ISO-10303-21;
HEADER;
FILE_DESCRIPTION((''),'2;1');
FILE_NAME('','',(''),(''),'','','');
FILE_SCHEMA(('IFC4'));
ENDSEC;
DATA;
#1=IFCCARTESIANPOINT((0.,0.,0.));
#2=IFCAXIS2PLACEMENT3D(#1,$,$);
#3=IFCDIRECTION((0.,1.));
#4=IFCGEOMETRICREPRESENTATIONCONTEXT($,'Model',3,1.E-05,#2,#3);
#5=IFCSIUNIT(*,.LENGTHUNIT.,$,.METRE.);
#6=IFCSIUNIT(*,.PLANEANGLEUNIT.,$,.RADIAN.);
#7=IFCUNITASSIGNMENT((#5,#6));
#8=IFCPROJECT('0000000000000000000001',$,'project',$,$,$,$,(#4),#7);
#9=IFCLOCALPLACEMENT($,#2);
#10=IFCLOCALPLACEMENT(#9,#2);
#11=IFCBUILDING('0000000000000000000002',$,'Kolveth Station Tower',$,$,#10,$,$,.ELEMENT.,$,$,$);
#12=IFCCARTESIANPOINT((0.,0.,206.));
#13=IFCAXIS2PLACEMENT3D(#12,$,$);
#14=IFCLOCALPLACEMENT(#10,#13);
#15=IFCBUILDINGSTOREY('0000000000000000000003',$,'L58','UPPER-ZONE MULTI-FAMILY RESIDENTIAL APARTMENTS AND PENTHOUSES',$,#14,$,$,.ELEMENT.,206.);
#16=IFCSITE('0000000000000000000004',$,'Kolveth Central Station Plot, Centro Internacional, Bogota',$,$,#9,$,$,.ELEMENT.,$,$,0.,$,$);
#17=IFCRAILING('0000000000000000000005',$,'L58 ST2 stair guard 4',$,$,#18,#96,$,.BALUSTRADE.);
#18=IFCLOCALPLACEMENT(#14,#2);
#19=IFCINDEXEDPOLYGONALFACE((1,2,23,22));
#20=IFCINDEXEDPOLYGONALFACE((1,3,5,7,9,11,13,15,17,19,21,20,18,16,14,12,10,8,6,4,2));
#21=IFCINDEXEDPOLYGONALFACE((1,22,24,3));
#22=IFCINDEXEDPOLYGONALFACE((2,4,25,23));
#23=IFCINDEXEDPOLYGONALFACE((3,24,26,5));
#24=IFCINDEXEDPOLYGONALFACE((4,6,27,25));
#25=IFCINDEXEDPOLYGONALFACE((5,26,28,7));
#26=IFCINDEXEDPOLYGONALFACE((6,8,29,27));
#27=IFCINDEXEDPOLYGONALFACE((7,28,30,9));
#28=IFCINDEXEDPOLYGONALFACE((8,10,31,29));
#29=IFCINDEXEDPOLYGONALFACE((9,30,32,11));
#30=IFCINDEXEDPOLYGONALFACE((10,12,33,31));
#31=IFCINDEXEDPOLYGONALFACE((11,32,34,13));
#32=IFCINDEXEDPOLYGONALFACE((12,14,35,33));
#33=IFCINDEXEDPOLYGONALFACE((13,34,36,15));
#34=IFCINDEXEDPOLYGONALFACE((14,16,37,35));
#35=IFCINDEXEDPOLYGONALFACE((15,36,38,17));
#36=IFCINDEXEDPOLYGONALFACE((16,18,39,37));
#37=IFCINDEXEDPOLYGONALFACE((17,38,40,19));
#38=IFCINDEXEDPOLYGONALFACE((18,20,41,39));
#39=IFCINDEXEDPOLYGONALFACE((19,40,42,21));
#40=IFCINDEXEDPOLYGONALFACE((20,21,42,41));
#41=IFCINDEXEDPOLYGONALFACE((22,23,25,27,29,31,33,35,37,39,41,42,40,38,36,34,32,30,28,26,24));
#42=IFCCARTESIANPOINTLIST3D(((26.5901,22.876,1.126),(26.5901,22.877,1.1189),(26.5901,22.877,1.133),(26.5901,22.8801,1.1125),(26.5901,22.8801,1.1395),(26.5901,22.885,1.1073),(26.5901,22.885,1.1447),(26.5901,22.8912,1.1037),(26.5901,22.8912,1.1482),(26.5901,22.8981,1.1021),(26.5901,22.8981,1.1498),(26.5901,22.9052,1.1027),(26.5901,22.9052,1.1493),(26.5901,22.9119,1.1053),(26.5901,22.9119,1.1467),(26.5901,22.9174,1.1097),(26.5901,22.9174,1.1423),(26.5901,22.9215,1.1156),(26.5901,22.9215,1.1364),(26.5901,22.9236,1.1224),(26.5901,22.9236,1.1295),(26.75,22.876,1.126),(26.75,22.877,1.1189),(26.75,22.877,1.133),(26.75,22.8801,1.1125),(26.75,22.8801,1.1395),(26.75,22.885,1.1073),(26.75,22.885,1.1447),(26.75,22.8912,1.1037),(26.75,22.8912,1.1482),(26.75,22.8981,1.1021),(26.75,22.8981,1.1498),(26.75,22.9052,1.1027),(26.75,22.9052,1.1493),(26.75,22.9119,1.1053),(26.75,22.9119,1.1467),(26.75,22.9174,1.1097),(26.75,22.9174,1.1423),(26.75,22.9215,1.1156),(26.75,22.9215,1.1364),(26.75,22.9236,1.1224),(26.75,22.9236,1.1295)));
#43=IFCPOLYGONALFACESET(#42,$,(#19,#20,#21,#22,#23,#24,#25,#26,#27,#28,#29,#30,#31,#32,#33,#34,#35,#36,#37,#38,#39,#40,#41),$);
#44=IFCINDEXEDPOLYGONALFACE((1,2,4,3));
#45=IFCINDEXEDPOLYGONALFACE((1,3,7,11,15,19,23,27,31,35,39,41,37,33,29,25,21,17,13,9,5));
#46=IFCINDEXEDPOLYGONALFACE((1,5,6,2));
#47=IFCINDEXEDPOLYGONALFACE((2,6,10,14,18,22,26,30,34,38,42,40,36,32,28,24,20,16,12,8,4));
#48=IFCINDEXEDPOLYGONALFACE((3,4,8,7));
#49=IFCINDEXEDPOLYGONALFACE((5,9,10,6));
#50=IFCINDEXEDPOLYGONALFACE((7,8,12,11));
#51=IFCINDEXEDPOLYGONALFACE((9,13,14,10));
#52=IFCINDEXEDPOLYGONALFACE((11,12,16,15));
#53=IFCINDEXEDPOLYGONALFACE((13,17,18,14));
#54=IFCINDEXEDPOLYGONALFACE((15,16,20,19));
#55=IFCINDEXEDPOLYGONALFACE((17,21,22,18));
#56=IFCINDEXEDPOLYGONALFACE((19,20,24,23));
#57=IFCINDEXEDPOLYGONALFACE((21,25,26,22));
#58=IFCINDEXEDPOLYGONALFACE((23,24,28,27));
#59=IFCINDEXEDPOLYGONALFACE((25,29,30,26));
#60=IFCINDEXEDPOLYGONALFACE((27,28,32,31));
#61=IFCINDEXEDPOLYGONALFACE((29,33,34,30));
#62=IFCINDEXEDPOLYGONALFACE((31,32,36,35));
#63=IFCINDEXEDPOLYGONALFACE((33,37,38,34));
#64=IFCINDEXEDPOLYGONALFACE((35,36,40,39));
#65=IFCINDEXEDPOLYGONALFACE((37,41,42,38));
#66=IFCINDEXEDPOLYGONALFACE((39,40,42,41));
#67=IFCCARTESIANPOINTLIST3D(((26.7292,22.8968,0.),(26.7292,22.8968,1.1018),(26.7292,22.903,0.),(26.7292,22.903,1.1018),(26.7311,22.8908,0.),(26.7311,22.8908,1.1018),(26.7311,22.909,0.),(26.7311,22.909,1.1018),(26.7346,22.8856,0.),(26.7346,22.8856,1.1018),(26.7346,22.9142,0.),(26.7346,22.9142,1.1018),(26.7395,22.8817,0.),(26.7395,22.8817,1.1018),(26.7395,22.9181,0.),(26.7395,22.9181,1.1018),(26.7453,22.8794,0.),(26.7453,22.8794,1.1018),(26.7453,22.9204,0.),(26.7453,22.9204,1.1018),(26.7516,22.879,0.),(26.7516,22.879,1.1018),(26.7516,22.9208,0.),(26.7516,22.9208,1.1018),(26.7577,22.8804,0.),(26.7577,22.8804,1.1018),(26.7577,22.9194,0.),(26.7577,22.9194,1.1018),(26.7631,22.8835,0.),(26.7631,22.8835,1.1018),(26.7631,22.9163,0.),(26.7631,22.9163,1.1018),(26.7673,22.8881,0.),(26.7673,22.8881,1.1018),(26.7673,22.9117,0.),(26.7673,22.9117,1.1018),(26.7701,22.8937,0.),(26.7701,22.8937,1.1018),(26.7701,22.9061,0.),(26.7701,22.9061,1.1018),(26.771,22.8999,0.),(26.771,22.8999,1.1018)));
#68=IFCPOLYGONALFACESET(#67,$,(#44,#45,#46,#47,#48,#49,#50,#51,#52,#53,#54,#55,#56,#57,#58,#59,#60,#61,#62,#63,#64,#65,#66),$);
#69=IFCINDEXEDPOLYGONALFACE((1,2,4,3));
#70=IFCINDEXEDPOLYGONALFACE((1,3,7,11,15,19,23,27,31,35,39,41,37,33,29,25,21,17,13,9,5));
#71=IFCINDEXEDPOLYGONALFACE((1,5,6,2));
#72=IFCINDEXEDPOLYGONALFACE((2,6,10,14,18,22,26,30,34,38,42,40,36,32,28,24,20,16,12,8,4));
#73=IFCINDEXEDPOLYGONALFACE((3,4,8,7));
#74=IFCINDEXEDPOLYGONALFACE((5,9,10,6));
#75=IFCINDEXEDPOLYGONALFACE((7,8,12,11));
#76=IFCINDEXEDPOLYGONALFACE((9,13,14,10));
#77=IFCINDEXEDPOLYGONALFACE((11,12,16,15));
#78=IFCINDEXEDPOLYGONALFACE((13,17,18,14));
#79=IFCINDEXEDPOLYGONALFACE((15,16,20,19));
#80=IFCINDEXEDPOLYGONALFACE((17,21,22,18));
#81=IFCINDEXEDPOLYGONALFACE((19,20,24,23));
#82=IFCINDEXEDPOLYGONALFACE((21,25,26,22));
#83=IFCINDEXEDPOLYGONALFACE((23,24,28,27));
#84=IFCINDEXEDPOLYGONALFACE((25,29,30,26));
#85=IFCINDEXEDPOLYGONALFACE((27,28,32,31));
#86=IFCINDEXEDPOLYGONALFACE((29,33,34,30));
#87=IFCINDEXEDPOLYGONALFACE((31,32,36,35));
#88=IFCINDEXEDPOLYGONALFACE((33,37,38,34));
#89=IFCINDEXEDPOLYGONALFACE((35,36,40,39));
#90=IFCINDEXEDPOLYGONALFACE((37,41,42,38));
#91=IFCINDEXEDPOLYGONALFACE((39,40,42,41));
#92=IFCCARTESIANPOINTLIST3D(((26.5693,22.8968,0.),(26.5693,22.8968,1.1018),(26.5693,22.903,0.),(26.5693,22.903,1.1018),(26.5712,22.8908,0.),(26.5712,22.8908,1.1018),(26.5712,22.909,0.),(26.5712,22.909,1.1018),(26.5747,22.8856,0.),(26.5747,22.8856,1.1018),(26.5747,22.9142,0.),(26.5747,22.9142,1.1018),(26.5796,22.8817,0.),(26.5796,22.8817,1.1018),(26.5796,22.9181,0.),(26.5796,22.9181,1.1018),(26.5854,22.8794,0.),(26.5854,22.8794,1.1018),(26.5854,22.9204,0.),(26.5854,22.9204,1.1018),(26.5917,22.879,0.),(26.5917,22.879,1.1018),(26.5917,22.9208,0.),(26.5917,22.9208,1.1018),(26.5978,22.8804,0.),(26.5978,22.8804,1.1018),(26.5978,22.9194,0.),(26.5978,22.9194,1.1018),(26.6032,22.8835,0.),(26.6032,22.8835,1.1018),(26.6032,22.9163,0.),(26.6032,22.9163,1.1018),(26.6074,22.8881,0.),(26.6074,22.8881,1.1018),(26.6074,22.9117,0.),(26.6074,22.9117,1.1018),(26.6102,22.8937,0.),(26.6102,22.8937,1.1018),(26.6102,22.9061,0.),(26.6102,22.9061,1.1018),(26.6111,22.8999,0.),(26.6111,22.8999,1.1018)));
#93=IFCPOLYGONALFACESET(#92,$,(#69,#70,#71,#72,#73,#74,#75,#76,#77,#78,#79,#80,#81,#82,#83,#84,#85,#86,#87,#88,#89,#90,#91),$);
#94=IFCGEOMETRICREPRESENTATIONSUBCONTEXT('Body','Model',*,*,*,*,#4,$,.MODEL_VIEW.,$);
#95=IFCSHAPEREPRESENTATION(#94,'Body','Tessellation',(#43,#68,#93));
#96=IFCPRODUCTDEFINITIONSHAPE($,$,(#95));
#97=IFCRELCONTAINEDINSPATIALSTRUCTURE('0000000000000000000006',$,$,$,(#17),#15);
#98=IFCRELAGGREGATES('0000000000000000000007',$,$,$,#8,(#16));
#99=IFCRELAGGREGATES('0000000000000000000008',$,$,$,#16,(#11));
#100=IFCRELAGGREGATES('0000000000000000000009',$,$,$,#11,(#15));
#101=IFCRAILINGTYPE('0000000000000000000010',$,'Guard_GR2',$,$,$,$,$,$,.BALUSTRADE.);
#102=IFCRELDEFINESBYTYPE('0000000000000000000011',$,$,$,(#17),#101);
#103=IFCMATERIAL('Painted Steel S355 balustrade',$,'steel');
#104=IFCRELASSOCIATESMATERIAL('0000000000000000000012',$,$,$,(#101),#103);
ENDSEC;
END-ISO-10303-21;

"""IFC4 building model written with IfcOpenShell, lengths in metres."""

from ifc_helpers import new_model, si_unit, direction, frame, origin, origin_2d, place, context, subcontext, project, spatial, circle, extrude, material, type_object, element, save


model = new_model("IFC4")

# Units and contexts
model_context = context("Model", 3, precision=1e-05, world=origin(), true_north=direction((0.0, 1.0)))
body_context = subcontext(model_context, "Body", "Model", "MODEL_VIEW")
ifc_project = project(units=[si_unit("LENGTHUNIT", "METRE"), si_unit("PLANEANGLEUNIT", "RADIAN")], contexts=[model_context])

# Site, building, storey
site_placement = place(None, origin())
site = spatial("IfcSite", under=ifc_project, at=site_placement, Name="Kolveth Central Station Plot, Centro Internacional, Bogota", CompositionType="ELEMENT", RefElevation=0.0)
building_placement = place(site_placement, origin())
building = spatial("IfcBuilding", under=site, at=building_placement, Name="Kolveth Station Tower", CompositionType="ELEMENT")
storey_placement = place(building_placement, frame((0.0, 0.0, 206.0)))
storey = spatial("IfcBuildingStorey", under=building, at=storey_placement, Name="L58", Description="UPPER-ZONE MULTI-FAMILY RESIDENTIAL APARTMENTS AND PENTHOUSES", CompositionType="ELEMENT", Elevation=206.0)

# Railing
ifc_material_1 = material(Name="Painted Steel S355 balustrade", Category="steel")
railing_type_1 = type_object("IfcRailingType", Name="Guard_GR2", PredefinedType="BALUSTRADE", material=ifc_material_1)
railing_1_placement = place(storey_placement, frame((26.75, 22.8999, 0.0)))
element("IfcRailing", 1, at=railing_1_placement, inside=storey, type_object=railing_type_1, Name="L58 ST2 stair guard 4", PredefinedType="BALUSTRADE", context=body_context, shape_type="SweptSolid", body=[
    extrude(circle(Radius=0.0239, at=origin_2d()), frame((0.0, 0.0, 1.126), z_axis=(-1.0, 0.0, 0.0), x_axis=(0.0, -1.0, 0.0)), (0.0, 0.0, 1.0), 0.1599),
    extrude(circle(Radius=0.021, at=origin_2d()), origin(), (0.0, 0.0, 1.0), 1.1018),
    extrude(circle(Radius=0.021, at=origin_2d()), frame((-0.1599, 0.0, 0.0)), (0.0, 0.0, 1.0), 1.1018),
])

save(model, "model.ifc")
